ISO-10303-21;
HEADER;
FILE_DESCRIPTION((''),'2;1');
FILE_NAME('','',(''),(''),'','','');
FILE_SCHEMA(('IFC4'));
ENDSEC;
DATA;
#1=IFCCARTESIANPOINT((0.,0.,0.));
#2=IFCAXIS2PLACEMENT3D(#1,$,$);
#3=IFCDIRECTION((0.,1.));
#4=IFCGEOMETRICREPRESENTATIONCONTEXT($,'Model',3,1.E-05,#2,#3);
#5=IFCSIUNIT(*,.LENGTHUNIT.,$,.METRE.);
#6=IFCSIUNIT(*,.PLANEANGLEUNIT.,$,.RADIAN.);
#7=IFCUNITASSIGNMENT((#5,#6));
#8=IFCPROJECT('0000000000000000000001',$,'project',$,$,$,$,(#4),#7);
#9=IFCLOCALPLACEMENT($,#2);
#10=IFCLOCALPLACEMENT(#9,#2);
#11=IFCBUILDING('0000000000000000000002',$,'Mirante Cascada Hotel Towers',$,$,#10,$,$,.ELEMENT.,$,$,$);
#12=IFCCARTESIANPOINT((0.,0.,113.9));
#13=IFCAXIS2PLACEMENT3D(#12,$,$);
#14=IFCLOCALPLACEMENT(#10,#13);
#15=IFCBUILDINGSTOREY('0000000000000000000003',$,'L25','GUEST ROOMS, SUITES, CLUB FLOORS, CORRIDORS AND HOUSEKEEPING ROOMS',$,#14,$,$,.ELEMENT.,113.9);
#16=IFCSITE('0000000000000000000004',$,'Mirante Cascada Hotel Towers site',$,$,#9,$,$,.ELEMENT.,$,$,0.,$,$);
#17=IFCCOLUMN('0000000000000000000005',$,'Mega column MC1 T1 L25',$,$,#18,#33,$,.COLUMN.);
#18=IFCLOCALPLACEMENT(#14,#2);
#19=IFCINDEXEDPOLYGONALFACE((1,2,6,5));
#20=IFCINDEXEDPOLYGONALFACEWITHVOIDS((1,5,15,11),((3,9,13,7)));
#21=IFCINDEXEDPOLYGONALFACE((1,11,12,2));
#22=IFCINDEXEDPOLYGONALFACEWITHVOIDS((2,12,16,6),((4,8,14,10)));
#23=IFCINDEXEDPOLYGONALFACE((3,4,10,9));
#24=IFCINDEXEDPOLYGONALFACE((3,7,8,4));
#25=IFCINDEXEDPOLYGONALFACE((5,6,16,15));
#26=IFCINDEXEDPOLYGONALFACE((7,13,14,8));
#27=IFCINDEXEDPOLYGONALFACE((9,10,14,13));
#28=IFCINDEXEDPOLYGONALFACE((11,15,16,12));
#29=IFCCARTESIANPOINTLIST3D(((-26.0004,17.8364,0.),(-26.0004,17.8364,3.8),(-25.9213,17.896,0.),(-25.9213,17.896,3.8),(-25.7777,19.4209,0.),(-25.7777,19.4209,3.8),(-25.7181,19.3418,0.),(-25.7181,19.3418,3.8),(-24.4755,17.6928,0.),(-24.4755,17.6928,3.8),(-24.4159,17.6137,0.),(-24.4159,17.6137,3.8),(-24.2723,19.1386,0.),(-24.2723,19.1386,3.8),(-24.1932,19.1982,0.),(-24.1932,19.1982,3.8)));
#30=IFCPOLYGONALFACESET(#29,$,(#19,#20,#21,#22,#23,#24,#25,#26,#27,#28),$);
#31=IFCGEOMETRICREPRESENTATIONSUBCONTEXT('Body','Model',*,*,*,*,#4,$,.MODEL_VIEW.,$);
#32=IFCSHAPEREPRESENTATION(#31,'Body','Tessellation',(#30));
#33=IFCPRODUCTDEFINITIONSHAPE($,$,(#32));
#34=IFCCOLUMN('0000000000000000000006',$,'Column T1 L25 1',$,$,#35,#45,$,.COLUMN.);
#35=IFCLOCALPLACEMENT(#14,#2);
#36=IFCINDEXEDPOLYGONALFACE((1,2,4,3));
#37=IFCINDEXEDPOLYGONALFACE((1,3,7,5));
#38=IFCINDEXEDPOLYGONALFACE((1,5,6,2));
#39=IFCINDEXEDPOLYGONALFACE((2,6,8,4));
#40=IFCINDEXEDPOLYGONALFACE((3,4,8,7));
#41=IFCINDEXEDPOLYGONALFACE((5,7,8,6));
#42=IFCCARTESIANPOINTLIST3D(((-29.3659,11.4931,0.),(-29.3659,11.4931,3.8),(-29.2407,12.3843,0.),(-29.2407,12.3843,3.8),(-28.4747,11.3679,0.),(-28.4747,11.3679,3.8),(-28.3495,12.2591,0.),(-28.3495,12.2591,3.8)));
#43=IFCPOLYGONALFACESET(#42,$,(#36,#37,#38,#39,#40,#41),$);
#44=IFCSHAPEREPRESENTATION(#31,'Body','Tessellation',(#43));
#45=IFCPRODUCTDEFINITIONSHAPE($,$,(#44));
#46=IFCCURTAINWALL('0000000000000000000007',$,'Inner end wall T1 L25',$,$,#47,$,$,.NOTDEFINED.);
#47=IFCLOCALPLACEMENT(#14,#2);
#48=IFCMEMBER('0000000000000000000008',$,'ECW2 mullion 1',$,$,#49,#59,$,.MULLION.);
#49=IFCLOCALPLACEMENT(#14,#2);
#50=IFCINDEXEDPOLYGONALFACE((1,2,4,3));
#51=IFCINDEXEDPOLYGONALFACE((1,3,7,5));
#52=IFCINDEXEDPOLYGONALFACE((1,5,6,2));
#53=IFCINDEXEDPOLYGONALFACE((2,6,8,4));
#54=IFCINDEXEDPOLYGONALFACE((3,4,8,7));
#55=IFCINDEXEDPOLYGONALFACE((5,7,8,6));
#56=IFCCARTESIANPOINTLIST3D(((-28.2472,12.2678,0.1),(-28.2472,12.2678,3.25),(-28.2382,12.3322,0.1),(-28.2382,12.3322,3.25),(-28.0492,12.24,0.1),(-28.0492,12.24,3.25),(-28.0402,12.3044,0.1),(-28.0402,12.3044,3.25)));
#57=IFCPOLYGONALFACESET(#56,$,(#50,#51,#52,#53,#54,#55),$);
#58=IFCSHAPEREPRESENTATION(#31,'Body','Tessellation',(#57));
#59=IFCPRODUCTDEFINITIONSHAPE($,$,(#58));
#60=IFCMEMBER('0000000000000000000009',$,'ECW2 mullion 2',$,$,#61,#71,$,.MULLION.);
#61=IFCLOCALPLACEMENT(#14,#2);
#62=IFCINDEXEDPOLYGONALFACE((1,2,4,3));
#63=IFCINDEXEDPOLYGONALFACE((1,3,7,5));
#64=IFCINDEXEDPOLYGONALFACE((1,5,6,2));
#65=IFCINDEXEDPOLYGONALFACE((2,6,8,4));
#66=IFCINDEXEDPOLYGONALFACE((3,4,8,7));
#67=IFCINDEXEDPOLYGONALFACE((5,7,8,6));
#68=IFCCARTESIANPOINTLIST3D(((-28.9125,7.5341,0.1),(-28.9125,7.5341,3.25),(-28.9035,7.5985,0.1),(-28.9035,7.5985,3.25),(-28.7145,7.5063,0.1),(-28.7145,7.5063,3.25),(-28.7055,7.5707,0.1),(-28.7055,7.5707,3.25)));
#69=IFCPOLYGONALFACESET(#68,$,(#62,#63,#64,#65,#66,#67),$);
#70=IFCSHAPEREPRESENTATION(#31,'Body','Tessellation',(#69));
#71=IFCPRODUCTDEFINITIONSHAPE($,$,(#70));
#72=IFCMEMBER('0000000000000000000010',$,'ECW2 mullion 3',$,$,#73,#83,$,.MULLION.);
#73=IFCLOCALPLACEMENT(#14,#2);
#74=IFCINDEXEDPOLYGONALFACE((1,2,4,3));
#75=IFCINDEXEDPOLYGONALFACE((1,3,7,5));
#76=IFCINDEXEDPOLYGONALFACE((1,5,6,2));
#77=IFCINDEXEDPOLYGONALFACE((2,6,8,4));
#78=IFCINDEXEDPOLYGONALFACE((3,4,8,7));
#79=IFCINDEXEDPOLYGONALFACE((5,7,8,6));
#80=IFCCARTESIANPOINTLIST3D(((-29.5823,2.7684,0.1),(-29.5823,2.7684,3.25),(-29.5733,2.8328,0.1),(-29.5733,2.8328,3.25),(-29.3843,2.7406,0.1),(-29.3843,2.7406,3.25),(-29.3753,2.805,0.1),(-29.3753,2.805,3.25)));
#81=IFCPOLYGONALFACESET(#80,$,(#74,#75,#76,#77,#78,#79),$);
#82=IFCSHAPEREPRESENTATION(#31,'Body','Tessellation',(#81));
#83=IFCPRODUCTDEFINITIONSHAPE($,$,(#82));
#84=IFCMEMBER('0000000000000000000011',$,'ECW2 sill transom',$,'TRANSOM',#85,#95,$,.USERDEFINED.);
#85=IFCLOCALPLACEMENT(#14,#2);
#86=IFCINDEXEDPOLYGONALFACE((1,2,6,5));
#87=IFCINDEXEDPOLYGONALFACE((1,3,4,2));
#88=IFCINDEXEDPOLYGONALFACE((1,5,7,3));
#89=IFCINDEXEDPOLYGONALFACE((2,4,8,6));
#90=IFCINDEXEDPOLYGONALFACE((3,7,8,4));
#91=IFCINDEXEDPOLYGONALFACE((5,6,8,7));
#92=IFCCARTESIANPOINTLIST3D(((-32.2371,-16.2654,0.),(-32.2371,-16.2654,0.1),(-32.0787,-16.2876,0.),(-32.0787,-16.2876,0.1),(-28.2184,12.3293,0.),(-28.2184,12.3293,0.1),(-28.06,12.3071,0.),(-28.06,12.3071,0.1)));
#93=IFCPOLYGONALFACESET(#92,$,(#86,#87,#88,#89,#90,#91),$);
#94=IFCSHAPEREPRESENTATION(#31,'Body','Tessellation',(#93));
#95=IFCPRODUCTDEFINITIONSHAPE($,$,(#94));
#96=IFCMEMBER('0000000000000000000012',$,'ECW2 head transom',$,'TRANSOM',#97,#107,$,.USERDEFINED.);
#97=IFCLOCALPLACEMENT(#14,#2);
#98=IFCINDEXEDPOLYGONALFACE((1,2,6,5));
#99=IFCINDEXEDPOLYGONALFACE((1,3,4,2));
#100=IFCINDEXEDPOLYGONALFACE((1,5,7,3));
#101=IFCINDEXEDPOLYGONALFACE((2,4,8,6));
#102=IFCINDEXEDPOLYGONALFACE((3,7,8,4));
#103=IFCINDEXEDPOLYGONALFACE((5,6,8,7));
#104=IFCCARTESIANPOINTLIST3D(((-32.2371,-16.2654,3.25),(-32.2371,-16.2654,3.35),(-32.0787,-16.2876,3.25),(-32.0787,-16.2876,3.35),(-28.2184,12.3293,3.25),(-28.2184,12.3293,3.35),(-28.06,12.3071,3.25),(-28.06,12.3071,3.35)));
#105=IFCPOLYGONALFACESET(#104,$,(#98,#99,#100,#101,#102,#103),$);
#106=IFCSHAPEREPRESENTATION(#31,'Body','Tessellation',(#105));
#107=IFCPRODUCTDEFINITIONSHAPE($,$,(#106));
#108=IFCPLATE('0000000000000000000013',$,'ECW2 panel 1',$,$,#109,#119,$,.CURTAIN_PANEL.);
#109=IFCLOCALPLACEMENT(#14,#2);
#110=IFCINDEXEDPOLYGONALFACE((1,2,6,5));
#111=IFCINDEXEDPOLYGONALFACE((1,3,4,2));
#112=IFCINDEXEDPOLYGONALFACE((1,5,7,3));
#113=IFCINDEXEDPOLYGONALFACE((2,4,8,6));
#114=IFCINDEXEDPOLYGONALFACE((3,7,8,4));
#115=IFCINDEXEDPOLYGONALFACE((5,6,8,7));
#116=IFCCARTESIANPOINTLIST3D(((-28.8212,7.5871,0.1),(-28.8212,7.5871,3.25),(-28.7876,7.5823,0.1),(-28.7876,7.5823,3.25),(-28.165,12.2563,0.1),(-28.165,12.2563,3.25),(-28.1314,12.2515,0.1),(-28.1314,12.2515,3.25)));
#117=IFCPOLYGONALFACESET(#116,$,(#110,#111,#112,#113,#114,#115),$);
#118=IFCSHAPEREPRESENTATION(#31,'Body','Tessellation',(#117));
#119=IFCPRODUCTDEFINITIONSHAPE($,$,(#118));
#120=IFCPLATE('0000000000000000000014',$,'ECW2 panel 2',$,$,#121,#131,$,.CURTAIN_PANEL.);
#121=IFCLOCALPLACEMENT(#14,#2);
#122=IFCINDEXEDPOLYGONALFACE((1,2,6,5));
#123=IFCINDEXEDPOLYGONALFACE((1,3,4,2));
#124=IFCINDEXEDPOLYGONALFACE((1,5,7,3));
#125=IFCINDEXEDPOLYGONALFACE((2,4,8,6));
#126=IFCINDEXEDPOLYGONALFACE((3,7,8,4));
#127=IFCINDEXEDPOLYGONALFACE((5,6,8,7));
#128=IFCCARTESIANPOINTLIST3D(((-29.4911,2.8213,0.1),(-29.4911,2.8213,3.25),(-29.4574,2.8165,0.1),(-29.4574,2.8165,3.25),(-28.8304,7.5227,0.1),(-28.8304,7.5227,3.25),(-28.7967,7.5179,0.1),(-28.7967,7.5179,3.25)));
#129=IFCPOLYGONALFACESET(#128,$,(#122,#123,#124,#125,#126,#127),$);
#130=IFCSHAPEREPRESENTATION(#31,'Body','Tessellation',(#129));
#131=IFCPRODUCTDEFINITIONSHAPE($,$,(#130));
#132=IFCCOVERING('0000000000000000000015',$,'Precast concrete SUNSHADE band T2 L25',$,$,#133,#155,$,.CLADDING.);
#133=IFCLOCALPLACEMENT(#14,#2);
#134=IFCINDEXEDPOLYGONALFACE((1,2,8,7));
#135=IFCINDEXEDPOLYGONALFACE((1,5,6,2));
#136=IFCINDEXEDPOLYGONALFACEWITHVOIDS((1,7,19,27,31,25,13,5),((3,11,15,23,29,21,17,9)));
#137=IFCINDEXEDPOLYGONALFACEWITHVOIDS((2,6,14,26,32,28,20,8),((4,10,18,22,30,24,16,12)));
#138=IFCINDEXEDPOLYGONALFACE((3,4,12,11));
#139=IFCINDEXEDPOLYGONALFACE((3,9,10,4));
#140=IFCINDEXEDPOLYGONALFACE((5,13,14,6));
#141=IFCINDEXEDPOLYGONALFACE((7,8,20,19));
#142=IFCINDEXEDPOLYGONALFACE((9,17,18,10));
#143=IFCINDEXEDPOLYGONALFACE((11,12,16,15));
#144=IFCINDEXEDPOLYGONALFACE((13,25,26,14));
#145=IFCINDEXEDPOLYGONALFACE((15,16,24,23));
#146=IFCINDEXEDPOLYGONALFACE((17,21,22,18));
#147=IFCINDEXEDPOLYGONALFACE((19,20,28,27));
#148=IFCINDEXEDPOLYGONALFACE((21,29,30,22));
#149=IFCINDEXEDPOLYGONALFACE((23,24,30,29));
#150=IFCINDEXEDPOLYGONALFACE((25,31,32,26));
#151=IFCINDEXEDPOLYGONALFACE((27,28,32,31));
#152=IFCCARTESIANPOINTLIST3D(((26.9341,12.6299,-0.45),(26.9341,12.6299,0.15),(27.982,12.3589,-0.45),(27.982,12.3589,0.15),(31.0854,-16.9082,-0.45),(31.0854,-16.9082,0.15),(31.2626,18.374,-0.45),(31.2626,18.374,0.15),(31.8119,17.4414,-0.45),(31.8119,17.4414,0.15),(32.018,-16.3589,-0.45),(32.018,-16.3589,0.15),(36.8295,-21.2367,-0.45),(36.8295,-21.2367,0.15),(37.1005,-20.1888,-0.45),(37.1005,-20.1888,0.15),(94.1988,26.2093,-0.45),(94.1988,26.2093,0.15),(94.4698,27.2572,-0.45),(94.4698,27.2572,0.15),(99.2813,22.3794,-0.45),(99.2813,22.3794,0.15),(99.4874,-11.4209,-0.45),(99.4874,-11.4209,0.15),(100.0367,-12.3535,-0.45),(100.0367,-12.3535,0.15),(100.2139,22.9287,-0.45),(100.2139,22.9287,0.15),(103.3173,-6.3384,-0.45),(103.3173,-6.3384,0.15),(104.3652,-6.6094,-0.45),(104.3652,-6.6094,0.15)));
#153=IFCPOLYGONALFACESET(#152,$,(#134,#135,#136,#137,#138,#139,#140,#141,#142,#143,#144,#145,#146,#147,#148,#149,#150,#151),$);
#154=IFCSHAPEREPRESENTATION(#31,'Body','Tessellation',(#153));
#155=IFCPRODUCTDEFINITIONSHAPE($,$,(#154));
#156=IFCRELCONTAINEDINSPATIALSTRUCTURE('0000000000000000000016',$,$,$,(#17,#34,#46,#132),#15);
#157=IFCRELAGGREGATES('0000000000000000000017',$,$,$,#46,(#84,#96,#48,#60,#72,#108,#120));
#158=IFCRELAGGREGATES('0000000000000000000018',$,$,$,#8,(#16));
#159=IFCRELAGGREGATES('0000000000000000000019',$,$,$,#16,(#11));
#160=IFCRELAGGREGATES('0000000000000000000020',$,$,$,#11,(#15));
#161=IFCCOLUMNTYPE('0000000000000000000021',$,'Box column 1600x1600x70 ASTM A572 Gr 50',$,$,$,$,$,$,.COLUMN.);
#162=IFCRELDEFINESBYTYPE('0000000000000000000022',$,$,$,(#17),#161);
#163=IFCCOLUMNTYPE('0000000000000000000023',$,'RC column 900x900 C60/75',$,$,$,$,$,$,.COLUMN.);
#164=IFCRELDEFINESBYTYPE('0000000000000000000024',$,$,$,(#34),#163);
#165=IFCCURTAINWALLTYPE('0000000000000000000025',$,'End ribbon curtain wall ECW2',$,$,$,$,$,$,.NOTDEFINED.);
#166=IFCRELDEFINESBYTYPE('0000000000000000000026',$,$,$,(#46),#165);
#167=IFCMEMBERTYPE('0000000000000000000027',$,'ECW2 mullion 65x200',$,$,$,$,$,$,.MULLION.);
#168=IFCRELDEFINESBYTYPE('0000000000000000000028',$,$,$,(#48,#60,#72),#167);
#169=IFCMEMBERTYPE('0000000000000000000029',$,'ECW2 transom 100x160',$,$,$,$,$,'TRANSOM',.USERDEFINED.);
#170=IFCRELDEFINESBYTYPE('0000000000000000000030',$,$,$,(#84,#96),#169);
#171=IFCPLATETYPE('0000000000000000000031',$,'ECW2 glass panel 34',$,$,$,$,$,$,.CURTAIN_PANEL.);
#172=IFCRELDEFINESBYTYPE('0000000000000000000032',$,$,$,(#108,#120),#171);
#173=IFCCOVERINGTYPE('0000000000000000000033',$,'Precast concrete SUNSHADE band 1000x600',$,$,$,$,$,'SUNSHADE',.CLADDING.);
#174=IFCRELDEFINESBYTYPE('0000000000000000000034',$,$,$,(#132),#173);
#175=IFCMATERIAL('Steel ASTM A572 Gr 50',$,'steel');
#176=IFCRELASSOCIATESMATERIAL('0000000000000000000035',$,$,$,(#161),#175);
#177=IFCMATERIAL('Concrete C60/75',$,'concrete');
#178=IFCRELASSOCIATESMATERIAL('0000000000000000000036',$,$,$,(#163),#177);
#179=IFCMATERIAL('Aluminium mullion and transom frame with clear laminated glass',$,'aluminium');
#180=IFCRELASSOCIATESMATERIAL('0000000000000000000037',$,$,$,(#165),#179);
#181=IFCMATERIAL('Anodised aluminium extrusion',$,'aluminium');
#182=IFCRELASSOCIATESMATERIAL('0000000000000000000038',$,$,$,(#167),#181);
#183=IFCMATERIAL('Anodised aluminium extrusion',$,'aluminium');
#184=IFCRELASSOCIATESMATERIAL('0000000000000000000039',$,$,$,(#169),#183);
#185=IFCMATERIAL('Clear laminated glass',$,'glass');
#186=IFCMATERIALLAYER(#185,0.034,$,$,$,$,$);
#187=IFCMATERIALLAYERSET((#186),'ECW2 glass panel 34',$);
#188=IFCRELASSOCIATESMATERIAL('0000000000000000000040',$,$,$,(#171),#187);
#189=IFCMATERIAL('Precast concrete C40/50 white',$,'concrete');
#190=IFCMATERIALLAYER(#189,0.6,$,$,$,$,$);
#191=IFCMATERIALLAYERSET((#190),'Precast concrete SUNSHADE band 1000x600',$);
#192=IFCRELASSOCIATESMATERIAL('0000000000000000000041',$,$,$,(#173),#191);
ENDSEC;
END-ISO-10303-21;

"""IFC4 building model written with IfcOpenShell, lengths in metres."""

from ifc_helpers import new_model, si_unit, direction, frame, origin, origin_2d, place, context, subcontext, project, spatial, polyline, rectangle, hollow_rectangle, outline, extrude, material, layer, layer_set, material_profile, profile_set, type_object, element, aggregate, save


model = new_model("IFC4")

# Units and contexts
model_context = context("Model", 3, precision=1e-05, world=origin(), true_north=direction((0.0, 1.0)))
body_context = subcontext(model_context, "Body", "Model", "MODEL_VIEW")
ifc_project = project(units=[si_unit("LENGTHUNIT", "METRE"), si_unit("PLANEANGLEUNIT", "RADIAN")], contexts=[model_context])

# Site, building, storey
site_placement = place(None, origin())
site = spatial("IfcSite", under=ifc_project, at=site_placement, Name="Mirante Cascada Hotel Towers site", CompositionType="ELEMENT", RefElevation=0.0)
building_placement = place(site_placement, origin())
building = spatial("IfcBuilding", under=site, at=building_placement, Name="Mirante Cascada Hotel Towers", CompositionType="ELEMENT")
storey_placement = place(building_placement, frame((0.0, 0.0, 113.9)))
storey = spatial("IfcBuildingStorey", under=building, at=storey_placement, Name="L25", Description="GUEST ROOMS, SUITES, CLUB FLOORS, CORRIDORS AND HOUSEKEEPING ROOMS", CompositionType="ELEMENT", Elevation=113.9)

# Columns
ifc_material_1 = material(Name="Steel ASTM A572 Gr 50", Category="steel")
ifc_material_profile_1 = material_profile(ifc_material_1, hollow_rectangle(XDim=1.6, YDim=1.6, WallThickness=0.07, at=origin_2d()), Name="Box column 1600x1600x70 ASTM A572 Gr 50")
ifc_profile_set_1 = profile_set([ifc_material_profile_1], Name="Steel ASTM A572 Gr 50")
column_type_1 = type_object("IfcColumnType", Name="Box column 1600x1600x70 ASTM A572 Gr 50", PredefinedType="COLUMN", material=ifc_profile_set_1)
column_1_placement = place(storey_placement, frame((-25.0968, 18.5173, 0.0), z_axis=(0.0, 0.0, 1.0), x_axis=(-0.990268, 0.139173, 0.0)))
element("IfcColumn", 1, at=column_1_placement, inside=storey, type_object=column_type_1, Name="Mega column MC1 T1 L25", PredefinedType="COLUMN", context=body_context, shape_type="SweptSolid", body=[
    extrude(hollow_rectangle(XDim=1.6, YDim=1.6, WallThickness=0.07, at=origin_2d()), origin(), (0.0, 0.0, 1.0), 3.8),
])
ifc_material_2 = material(Name="Concrete C60/75", Category="concrete")
ifc_material_profile_2 = material_profile(ifc_material_2, rectangle(XDim=0.9, YDim=0.9, at=origin_2d()), Name="RC column 900x900 C60/75")
ifc_profile_set_2 = profile_set([ifc_material_profile_2], Name="Concrete C60/75")
column_type_2 = type_object("IfcColumnType", Name="RC column 900x900 C60/75", PredefinedType="COLUMN", material=ifc_profile_set_2)
column_2_placement = place(storey_placement, frame((-28.8577, 11.8761, 0.0), z_axis=(0.0, 0.0, 1.0), x_axis=(-0.990268, 0.139173, 0.0)))
element("IfcColumn", 2, at=column_2_placement, inside=storey, type_object=column_type_2, Name="Column T1 L25 1", PredefinedType="COLUMN", context=body_context, shape_type="SweptSolid", body=[
    extrude(rectangle(XDim=0.9, YDim=0.9, at=origin_2d()), origin(), (0.0, 0.0, 1.0), 3.8),
])

# Curtain wall, members, plates
ifc_material_3 = material(Name="Aluminium mullion and transom frame with clear laminated glass", Category="aluminium")
curtain_wall_type = type_object("IfcCurtainWallType", Name="End ribbon curtain wall ECW2", PredefinedType="NOTDEFINED", material=ifc_material_3)
curtain_wall_placement = place(storey_placement, origin())
curtain_wall = element("IfcCurtainWall", 3, at=curtain_wall_placement, inside=storey, type_object=curtain_wall_type, Name="Inner end wall T1 L25", PredefinedType="NOTDEFINED")
ifc_material_4 = material(Name="Anodised aluminium extrusion", Category="aluminium")
ifc_material_profile_3 = material_profile(ifc_material_4, rectangle(XDim=0.2, YDim=0.065, at=origin_2d()), Name="ECW2 MULLION 65x200")
ifc_profile_set_3 = profile_set([ifc_material_profile_3], Name="Anodised aluminium extrusion")
member_type_1 = type_object("IfcMemberType", Name="ECW2 mullion 65x200", PredefinedType="MULLION", material=ifc_profile_set_3)
member_1_placement = place(storey_placement, frame((-28.1437, 12.2861, 0.1), z_axis=(0.0, 0.0, 1.0), x_axis=(0.990268, -0.139173, 0.0)))
member_1 = element("IfcMember", 4, at=member_1_placement, type_object=member_type_1, Name="ECW2 mullion 1", PredefinedType="MULLION", context=body_context, shape_type="SweptSolid", body=[
    extrude(rectangle(XDim=0.2, YDim=0.065, at=origin_2d()), origin(), (0.0, 0.0, 1.0), 3.15),
])
member_2_placement = place(storey_placement, frame((-28.809, 7.5524, 0.1), z_axis=(0.0, 0.0, 1.0), x_axis=(0.990268, -0.139173, 0.0)))
member_2 = element("IfcMember", 5, at=member_2_placement, type_object=member_type_1, Name="ECW2 mullion 2", PredefinedType="MULLION", context=body_context, shape_type="SweptSolid", body=[
    extrude(rectangle(XDim=0.2, YDim=0.065, at=origin_2d()), origin(), (0.0, 0.0, 1.0), 3.15),
])
member_3_placement = place(storey_placement, frame((-29.4788, 2.7867, 0.1), z_axis=(0.0, 0.0, 1.0), x_axis=(0.990268, -0.139173, 0.0)))
member_3 = element("IfcMember", 6, at=member_3_placement, type_object=member_type_1, Name="ECW2 mullion 3", PredefinedType="MULLION", context=body_context, shape_type="SweptSolid", body=[
    extrude(rectangle(XDim=0.2, YDim=0.065, at=origin_2d()), origin(), (0.0, 0.0, 1.0), 3.15),
])
ifc_material_5 = material(Name="Anodised aluminium extrusion", Category="aluminium")
ifc_material_profile_4 = material_profile(ifc_material_5, rectangle(XDim=0.16, YDim=0.1, at=origin_2d()), Name="ECW2 TRANSOM 100x160")
ifc_profile_set_4 = profile_set([ifc_material_profile_4], Name="Anodised aluminium extrusion")
member_type_2 = type_object("IfcMemberType", Name="ECW2 transom 100x160", ElementType="TRANSOM", PredefinedType="USERDEFINED", material=ifc_profile_set_4)
member_4_placement = place(storey_placement, frame((-28.1392, 12.3182, 0.05), z_axis=(-0.139172, -0.990268, 0.0), x_axis=(0.990268, -0.139172, 0.0)))
member_4 = element("IfcMember", 7, at=member_4_placement, type_object=member_type_2, Name="ECW2 sill transom", ObjectType="TRANSOM", PredefinedType="USERDEFINED", context=body_context, shape_type="SweptSolid", body=[
    extrude(rectangle(XDim=0.16, YDim=0.1, at=origin_2d()), origin(), (0.0, 0.0, 1.0), 28.8757),
])
member_5_placement = place(storey_placement, frame((-28.1392, 12.3182, 3.3), z_axis=(-0.139172, -0.990268, 0.0), x_axis=(0.990268, -0.139172, 0.0)))
member_5 = element("IfcMember", 8, at=member_5_placement, type_object=member_type_2, Name="ECW2 head transom", ObjectType="TRANSOM", PredefinedType="USERDEFINED", context=body_context, shape_type="SweptSolid", body=[
    extrude(rectangle(XDim=0.16, YDim=0.1, at=origin_2d()), origin(), (0.0, 0.0, 1.0), 28.8757),
])
ifc_material_6 = material(Name="Clear laminated glass", Category="glass")
ifc_layer_1 = layer(ifc_material_6, 0.034)
ifc_layer_set_1 = layer_set([ifc_layer_1], Name="ECW2 glass panel 34")
plate_type = type_object("IfcPlateType", Name="ECW2 glass panel 34", PredefinedType="CURTAIN_PANEL", material=ifc_layer_set_1)
plate_1_placement = place(storey_placement, frame((-28.4763, 9.9193, 0.1), z_axis=(0.0, 0.0, 1.0), x_axis=(-0.139173, -0.990268, 0.0)))
plate_1 = element("IfcPlate", 9, at=plate_1_placement, type_object=plate_type, Name="ECW2 panel 1", PredefinedType="CURTAIN_PANEL", context=body_context, shape_type="SweptSolid", body=[
    extrude(rectangle(XDim=4.7151, YDim=0.034, at=origin_2d()), origin(), (0.0, 0.0, 1.0), 3.15),
])
plate_2_placement = place(storey_placement, frame((-29.1439, 5.1696, 0.1), z_axis=(0.0, 0.0, 1.0), x_axis=(-0.139173, -0.990268, 0.0)))
plate_2 = element("IfcPlate", 10, at=plate_2_placement, type_object=plate_type, Name="ECW2 panel 2", PredefinedType="CURTAIN_PANEL", context=body_context, shape_type="SweptSolid", body=[
    extrude(rectangle(XDim=4.7476, YDim=0.034, at=origin_2d()), origin(), (0.0, 0.0, 1.0), 3.15),
])
aggregate(curtain_wall, [member_4, member_5, member_1, member_2, member_3, plate_1, plate_2])

# Covering
ifc_material_7 = material(Name="Precast concrete C40/50 white", Category="concrete")
ifc_layer_2 = layer(ifc_material_7, 0.6)
ifc_layer_set_2 = layer_set([ifc_layer_2], Name="Precast concrete SUNSHADE band 1000x600")
covering_type = type_object("IfcCoveringType", Name="Precast concrete SUNSHADE band 1000x600", ElementType="SUNSHADE", PredefinedType="CLADDING", material=ifc_layer_set_2)
covering_placement = place(storey_placement, frame((0.0, 0.0, -0.45)))
element("IfcCovering", 11, at=covering_placement, inside=storey, type_object=covering_type, Name="Precast concrete SUNSHADE band T2 L25", PredefinedType="CLADDING", context=body_context, shape_type="SweptSolid", body=[
    extrude(outline(polyline([(26.9341, 12.6299), (31.2626, 18.374), (94.4698, 27.2572), (100.2139, 22.9287), (104.3652, -6.6094), (100.0367, -12.3535), (36.8295, -21.2367), (31.0854, -16.9082), (26.9341, 12.6299)]), holes=[polyline([(103.3173, -6.3384), (99.2813, 22.3794), (94.1988, 26.2093), (31.8119, 17.4414), (27.982, 12.3589), (32.018, -16.3589), (37.1005, -20.1888), (99.4874, -11.4209), (103.3173, -6.3384)])]), origin(), (0.0, 0.0, 1.0), 0.6),
])

save(model, "model.ifc")
